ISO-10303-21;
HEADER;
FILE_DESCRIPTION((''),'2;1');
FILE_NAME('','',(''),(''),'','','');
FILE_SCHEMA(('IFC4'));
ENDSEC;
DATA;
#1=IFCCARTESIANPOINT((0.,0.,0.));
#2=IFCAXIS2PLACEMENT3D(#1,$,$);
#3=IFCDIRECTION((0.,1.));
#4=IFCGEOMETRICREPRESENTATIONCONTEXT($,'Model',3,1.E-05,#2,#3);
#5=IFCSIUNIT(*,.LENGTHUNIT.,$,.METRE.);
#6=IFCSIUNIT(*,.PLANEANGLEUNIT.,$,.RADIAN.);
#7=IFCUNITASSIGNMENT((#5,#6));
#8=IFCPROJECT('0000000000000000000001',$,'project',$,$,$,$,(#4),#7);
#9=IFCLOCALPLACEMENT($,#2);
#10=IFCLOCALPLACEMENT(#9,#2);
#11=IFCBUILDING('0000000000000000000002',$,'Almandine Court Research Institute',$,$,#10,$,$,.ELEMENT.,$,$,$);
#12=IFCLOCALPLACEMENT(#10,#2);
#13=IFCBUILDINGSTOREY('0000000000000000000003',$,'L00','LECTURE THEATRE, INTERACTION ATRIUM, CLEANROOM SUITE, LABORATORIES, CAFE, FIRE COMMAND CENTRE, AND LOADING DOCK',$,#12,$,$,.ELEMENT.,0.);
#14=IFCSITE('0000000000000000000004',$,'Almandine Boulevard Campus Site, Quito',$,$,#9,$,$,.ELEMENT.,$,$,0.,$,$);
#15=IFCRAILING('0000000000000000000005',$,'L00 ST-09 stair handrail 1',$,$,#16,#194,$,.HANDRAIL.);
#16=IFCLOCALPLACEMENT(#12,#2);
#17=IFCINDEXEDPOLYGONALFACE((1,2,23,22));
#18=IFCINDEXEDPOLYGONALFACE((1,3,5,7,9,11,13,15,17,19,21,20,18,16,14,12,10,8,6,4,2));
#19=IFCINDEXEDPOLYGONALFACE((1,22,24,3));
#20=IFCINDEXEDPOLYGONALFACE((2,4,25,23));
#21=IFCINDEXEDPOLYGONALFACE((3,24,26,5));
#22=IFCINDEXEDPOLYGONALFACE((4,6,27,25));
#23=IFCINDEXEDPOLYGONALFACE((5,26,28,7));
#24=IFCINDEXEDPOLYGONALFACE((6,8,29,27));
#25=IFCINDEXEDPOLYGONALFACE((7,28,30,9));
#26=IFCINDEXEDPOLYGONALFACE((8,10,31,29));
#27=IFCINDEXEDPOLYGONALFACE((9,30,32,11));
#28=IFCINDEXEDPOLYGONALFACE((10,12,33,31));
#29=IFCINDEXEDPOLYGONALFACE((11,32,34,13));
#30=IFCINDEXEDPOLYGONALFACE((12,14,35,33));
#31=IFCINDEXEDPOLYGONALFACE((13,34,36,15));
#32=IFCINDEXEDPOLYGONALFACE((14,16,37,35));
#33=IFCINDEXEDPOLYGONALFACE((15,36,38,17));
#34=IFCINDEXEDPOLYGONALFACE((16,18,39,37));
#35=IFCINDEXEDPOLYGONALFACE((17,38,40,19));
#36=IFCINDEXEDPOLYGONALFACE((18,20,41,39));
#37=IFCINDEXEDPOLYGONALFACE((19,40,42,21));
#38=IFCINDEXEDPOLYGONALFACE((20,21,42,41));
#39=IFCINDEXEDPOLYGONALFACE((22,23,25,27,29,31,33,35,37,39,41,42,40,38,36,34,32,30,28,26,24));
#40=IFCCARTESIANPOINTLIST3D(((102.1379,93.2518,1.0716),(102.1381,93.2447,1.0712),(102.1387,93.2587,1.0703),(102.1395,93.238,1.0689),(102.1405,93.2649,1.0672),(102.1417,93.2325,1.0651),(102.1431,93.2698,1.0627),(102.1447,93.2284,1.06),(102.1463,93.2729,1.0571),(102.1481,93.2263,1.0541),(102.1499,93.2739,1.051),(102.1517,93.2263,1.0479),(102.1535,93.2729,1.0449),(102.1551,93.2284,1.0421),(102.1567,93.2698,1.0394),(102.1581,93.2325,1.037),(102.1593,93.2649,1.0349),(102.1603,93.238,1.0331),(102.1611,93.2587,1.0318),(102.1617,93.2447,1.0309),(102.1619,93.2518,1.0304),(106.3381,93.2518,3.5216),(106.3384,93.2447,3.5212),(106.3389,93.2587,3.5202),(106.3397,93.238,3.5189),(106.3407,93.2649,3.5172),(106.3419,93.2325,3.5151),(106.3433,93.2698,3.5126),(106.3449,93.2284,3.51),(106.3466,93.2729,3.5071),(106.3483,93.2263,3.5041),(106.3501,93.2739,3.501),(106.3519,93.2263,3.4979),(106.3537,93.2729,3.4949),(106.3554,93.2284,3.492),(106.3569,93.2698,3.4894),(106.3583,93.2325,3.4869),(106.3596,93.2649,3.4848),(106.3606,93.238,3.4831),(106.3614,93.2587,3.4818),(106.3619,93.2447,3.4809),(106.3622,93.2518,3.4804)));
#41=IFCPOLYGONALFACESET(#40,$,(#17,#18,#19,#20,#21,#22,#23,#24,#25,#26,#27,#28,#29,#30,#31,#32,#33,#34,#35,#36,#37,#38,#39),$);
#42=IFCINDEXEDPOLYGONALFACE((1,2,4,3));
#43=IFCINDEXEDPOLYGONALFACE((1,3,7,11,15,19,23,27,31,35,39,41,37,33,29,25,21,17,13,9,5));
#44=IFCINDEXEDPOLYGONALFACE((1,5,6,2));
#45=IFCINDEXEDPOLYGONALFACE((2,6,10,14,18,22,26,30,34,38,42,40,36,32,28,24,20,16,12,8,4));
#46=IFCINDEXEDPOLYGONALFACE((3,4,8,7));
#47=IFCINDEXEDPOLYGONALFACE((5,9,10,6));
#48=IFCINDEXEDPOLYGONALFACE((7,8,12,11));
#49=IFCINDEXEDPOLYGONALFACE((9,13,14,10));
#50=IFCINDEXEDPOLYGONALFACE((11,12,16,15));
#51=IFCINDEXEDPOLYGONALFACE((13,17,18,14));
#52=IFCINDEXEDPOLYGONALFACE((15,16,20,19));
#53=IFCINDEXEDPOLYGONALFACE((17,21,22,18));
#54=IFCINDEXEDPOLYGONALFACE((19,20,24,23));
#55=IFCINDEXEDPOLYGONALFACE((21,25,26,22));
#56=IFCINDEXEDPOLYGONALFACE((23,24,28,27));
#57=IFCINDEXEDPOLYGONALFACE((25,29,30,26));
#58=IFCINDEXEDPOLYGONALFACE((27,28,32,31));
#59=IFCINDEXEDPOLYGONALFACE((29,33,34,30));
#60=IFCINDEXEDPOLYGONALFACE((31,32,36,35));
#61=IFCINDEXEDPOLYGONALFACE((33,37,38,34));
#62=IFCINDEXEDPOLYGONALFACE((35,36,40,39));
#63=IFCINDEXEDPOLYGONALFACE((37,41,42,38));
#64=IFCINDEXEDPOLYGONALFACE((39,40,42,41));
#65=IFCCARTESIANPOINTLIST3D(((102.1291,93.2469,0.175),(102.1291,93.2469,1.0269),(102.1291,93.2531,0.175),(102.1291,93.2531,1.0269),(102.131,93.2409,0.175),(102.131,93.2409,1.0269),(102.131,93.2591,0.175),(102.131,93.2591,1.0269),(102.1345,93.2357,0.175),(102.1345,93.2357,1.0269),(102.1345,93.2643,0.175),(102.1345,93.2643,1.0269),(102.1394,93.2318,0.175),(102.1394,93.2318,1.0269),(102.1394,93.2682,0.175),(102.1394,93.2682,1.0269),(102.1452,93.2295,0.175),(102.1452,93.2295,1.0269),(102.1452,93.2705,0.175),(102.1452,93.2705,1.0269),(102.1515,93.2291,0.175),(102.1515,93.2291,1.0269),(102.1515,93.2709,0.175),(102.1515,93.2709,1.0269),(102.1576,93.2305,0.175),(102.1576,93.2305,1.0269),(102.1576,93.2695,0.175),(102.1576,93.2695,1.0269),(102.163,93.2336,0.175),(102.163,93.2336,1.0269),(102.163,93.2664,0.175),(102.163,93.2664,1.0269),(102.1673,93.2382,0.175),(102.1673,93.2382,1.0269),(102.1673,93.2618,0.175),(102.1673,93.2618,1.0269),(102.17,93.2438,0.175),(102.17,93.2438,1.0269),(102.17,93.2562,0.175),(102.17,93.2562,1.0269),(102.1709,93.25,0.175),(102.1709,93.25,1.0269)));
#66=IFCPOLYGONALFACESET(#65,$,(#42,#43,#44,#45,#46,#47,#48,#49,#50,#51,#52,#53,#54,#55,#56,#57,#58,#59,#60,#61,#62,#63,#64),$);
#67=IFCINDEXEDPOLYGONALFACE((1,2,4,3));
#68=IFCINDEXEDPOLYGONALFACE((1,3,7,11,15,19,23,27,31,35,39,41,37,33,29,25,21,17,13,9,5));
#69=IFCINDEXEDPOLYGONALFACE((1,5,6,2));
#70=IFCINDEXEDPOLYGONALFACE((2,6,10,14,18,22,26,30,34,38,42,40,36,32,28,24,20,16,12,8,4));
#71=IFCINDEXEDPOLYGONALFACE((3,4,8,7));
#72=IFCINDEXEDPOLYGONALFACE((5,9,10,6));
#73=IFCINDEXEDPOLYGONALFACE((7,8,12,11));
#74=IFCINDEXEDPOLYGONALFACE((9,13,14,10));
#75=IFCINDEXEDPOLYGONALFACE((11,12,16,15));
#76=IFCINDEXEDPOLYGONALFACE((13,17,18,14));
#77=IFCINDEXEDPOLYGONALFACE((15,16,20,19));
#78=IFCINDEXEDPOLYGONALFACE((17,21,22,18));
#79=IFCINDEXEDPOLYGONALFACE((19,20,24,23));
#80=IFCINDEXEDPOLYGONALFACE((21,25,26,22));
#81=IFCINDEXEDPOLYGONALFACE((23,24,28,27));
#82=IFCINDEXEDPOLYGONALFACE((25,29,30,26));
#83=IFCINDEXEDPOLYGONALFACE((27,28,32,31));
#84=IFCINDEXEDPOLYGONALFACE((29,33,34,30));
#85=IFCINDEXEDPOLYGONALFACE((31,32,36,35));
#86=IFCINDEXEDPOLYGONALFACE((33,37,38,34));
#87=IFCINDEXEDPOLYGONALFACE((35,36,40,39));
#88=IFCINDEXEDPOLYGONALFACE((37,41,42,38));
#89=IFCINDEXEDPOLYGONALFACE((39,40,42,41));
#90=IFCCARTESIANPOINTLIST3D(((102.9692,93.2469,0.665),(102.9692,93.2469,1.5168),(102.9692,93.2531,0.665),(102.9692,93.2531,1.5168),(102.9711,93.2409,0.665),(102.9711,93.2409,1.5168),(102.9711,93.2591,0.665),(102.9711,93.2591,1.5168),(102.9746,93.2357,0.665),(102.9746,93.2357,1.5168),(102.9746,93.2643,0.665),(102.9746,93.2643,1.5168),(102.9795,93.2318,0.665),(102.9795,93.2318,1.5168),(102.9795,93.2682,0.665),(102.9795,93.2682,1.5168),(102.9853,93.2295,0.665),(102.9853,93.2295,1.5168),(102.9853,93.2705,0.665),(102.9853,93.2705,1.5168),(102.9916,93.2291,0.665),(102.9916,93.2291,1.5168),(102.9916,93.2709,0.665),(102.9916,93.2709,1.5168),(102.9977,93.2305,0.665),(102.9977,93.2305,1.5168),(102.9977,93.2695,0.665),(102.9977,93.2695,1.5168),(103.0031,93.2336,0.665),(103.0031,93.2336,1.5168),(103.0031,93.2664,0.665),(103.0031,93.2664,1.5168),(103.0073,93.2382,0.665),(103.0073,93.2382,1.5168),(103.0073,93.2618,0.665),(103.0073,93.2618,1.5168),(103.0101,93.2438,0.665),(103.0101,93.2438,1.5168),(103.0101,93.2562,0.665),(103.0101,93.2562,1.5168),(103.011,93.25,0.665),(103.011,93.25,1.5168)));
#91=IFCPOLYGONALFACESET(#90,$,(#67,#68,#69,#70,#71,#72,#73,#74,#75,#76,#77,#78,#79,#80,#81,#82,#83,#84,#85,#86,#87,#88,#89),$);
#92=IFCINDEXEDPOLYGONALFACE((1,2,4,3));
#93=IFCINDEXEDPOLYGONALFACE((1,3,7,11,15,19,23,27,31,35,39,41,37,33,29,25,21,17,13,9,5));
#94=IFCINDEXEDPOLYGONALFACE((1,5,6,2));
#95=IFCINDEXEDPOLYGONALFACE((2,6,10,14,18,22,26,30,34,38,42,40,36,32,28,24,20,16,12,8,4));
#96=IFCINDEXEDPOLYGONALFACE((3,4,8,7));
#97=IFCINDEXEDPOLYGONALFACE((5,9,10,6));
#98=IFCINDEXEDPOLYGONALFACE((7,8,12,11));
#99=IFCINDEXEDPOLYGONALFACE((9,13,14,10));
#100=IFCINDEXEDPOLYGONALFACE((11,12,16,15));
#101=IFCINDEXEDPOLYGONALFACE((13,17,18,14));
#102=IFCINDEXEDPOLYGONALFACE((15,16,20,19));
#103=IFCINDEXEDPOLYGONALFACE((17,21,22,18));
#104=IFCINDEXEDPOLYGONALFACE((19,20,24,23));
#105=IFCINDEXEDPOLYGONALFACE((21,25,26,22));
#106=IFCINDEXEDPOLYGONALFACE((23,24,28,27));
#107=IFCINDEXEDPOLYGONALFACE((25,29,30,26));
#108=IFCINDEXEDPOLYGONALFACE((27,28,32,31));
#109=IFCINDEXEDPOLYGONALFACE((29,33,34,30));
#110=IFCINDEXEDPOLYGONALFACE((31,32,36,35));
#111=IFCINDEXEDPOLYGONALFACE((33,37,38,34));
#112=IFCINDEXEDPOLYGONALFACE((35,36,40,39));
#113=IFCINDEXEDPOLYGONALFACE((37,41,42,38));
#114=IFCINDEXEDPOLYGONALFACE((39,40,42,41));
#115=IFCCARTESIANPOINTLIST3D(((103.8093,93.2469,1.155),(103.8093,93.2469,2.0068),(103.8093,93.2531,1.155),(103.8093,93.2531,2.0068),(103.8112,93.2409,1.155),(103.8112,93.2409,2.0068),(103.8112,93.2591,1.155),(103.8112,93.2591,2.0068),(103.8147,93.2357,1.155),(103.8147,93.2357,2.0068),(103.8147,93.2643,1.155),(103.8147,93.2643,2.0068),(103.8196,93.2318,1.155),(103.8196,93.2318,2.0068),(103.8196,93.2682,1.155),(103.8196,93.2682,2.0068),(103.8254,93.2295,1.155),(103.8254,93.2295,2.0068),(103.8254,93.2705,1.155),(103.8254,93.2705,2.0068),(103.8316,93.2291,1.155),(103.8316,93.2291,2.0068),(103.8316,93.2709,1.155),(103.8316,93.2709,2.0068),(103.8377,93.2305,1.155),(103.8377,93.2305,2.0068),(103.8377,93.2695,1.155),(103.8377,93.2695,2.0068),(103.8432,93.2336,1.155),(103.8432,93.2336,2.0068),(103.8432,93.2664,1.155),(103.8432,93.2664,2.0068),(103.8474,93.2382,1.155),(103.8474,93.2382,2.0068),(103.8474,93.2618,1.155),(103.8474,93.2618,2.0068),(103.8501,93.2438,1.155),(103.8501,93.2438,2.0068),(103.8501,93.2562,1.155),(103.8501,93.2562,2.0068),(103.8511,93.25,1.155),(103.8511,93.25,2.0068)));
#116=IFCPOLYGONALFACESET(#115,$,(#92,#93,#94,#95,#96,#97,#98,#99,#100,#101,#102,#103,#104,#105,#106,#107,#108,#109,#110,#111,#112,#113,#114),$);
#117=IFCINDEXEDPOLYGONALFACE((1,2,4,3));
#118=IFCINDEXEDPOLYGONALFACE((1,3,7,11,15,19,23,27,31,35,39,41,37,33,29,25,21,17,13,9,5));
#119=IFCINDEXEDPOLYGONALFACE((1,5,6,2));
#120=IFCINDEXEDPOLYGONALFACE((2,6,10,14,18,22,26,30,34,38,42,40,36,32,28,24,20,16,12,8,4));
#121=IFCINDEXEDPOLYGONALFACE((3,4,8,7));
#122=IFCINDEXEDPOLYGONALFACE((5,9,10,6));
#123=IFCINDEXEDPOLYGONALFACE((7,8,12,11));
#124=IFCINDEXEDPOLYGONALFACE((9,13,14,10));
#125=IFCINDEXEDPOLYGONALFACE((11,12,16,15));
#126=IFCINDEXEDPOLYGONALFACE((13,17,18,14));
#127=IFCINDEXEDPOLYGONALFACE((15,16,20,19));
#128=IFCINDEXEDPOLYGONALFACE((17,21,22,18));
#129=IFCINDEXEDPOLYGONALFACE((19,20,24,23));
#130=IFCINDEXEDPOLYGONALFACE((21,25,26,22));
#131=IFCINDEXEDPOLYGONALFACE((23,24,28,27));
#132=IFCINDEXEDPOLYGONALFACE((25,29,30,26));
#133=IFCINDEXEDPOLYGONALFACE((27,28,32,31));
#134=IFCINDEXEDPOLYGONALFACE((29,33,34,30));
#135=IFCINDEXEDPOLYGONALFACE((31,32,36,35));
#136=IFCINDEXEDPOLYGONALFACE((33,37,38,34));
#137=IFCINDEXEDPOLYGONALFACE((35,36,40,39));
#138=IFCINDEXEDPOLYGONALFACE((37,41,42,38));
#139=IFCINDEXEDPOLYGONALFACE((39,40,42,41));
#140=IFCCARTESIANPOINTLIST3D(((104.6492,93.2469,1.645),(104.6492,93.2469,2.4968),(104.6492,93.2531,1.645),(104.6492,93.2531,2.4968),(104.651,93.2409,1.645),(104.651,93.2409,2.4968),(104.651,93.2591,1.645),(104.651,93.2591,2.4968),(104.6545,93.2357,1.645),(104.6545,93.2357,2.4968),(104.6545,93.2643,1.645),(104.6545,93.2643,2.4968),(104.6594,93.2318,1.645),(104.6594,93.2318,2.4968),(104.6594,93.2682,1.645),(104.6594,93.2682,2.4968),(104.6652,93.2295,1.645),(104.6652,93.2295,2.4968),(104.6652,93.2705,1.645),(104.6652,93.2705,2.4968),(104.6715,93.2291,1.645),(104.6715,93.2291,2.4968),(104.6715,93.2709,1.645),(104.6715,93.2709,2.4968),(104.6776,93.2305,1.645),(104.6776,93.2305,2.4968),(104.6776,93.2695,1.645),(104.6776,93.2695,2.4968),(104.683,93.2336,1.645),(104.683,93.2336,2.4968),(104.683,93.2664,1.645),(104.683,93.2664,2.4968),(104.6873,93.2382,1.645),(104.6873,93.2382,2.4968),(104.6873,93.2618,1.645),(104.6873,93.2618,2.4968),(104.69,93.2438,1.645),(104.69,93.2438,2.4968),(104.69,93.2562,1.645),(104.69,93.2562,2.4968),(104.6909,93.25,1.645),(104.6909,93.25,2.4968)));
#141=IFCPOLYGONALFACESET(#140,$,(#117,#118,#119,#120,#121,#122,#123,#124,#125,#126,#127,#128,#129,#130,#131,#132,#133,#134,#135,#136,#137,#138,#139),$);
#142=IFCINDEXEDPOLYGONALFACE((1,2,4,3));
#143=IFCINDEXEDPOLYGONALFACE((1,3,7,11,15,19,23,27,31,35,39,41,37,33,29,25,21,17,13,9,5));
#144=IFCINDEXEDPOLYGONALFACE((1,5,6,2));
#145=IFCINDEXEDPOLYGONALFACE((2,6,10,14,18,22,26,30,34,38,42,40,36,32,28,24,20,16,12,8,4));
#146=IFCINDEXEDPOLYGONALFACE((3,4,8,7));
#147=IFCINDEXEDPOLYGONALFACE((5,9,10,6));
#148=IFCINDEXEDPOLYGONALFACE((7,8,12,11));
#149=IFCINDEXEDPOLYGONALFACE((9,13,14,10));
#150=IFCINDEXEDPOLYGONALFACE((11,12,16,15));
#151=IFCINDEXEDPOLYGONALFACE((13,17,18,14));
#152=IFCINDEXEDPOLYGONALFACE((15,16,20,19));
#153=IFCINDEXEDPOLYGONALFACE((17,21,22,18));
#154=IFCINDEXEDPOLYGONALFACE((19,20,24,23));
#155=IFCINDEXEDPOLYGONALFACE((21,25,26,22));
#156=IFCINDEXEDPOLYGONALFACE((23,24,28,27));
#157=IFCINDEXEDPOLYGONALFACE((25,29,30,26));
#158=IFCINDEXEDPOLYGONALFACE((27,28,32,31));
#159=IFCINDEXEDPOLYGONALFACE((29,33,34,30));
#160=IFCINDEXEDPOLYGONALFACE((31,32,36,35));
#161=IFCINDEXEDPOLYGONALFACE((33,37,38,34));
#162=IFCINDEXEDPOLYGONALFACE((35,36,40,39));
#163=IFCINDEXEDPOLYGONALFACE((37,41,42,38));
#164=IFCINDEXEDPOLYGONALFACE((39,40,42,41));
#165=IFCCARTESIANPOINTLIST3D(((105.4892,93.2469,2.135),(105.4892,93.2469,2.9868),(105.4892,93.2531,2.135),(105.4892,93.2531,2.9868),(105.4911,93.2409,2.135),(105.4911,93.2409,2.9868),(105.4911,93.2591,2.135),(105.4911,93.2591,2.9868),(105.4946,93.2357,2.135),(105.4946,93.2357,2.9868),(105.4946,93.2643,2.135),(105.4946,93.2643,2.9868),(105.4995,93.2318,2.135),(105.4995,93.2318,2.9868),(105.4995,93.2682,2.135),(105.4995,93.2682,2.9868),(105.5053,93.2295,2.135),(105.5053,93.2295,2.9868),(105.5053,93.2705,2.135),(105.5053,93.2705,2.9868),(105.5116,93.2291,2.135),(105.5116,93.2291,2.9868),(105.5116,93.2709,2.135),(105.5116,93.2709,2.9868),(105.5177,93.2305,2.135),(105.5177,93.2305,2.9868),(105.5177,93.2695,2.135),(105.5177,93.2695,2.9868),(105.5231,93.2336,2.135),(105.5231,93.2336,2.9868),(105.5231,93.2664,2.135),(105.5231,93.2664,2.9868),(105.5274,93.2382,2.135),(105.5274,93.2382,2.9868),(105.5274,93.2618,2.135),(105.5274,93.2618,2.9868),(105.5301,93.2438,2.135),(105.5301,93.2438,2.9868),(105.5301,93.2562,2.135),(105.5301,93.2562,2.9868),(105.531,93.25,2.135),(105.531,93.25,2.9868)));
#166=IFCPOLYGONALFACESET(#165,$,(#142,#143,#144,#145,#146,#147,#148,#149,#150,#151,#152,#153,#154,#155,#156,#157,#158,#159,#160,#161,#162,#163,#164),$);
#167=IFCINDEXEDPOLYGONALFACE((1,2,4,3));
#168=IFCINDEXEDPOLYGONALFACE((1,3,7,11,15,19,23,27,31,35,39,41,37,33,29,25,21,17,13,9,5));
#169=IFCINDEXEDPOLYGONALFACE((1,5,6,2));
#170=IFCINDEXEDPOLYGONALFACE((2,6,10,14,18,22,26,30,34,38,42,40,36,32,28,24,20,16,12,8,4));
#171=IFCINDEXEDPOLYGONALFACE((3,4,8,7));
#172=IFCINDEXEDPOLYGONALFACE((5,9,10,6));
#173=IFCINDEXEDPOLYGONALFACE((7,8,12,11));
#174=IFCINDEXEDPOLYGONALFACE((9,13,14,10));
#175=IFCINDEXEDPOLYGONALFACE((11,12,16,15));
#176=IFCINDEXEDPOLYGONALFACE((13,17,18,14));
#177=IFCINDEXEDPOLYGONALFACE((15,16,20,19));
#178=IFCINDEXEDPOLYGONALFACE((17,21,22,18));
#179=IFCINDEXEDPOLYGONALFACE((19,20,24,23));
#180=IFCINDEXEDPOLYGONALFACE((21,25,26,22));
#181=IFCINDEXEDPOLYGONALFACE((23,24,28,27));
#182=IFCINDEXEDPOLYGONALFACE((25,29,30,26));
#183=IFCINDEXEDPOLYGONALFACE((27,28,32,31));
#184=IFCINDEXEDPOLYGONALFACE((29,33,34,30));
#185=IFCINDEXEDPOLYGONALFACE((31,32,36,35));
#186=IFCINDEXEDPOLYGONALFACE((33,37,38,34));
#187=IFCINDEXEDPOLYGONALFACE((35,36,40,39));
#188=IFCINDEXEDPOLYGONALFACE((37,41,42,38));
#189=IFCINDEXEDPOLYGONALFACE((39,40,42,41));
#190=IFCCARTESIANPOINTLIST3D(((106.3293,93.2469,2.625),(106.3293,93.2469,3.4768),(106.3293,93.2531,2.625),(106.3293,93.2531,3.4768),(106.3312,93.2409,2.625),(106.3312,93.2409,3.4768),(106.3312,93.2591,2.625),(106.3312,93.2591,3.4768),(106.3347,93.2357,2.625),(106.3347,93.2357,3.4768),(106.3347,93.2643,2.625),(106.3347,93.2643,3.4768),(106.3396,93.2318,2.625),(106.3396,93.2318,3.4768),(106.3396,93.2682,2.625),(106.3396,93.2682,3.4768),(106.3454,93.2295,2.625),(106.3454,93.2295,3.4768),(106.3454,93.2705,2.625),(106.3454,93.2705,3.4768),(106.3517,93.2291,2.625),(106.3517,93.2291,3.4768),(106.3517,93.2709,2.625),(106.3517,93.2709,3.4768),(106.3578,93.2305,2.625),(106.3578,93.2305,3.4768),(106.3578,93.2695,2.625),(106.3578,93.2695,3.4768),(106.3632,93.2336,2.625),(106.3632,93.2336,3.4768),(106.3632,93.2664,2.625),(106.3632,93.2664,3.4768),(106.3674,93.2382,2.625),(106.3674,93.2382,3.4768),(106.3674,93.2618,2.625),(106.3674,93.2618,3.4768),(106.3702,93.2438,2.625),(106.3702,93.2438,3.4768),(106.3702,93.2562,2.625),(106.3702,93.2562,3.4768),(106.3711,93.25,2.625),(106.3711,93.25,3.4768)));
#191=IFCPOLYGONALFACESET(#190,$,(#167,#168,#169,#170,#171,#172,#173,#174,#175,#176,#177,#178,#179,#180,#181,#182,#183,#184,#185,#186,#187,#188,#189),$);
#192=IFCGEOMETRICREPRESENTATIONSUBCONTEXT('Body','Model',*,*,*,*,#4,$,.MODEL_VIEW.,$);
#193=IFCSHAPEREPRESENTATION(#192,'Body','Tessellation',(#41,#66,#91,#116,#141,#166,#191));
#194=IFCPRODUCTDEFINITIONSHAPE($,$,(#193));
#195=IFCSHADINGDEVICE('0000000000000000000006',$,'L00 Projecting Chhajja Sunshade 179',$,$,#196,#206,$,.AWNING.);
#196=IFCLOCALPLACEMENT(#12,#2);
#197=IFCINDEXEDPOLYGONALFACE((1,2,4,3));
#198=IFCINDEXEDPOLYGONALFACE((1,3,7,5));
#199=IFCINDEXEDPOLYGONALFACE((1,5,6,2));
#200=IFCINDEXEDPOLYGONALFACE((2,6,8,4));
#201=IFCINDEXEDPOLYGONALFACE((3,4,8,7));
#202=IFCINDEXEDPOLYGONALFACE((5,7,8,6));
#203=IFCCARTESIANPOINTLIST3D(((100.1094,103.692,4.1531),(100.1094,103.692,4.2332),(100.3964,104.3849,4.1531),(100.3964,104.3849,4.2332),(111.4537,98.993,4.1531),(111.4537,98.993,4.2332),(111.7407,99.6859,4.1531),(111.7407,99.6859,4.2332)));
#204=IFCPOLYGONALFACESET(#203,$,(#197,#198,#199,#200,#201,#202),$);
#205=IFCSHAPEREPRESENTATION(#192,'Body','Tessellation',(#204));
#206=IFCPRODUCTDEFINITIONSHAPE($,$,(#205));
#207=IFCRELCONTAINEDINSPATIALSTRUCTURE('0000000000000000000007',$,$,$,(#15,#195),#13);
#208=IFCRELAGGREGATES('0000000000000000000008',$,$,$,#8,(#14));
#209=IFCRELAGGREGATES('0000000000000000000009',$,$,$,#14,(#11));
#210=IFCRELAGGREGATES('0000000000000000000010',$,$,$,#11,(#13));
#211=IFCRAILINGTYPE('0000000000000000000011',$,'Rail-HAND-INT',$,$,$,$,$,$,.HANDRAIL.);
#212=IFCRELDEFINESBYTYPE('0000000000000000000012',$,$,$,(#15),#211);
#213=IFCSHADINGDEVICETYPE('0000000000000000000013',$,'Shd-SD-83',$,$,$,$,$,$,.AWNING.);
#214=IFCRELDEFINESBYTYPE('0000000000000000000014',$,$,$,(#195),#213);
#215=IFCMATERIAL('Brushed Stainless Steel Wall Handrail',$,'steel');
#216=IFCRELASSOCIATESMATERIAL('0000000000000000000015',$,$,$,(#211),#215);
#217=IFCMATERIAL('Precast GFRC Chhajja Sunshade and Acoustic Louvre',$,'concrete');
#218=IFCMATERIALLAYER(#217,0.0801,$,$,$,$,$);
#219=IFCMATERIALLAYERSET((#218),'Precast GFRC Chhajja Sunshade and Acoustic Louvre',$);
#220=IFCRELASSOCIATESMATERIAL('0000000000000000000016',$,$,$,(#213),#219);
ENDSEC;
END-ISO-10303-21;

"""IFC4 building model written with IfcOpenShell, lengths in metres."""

from ifc_helpers import new_model, si_unit, direction, frame, origin, origin_2d, place, context, subcontext, project, spatial, rectangle, circle, extrude, material, layer, layer_set, type_object, element, save


model = new_model("IFC4")

# Units and contexts
model_context = context("Model", 3, precision=1e-05, world=origin(), true_north=direction((0.0, 1.0)))
body_context = subcontext(model_context, "Body", "Model", "MODEL_VIEW")
ifc_project = project(units=[si_unit("LENGTHUNIT", "METRE"), si_unit("PLANEANGLEUNIT", "RADIAN")], contexts=[model_context])

# Site, building, storey
site_placement = place(None, origin())
site = spatial("IfcSite", under=ifc_project, at=site_placement, Name="Almandine Boulevard Campus Site, Quito", CompositionType="ELEMENT", RefElevation=0.0)
building_placement = place(site_placement, origin())
building = spatial("IfcBuilding", under=site, at=building_placement, Name="Almandine Court Research Institute", CompositionType="ELEMENT")
storey_placement = place(building_placement, origin())
storey = spatial("IfcBuildingStorey", under=building, at=storey_placement, Name="L00", Description="LECTURE THEATRE, INTERACTION ATRIUM, CLEANROOM SUITE, LABORATORIES, CAFE, FIRE COMMAND CENTRE, AND LOADING DOCK", CompositionType="ELEMENT", Elevation=0.0)

# Railing
ifc_material_1 = material(Name="Brushed Stainless Steel Wall Handrail", Category="steel")
railing_type_1 = type_object("IfcRailingType", Name="Rail-HAND-INT", PredefinedType="HANDRAIL", material=ifc_material_1)
railing_1_placement = place(storey_placement, frame((102.1499, 93.25, 0.175)))
element("IfcRailing", 1, at=railing_1_placement, inside=storey, type_object=railing_type_1, Name="L00 ST-09 stair handrail 1", PredefinedType="HANDRAIL", context=body_context, shape_type="SweptSolid", body=[
    extrude(circle(Radius=0.0239, at=origin_2d()), frame((0.0, 0.0, 0.876), z_axis=(0.863793, 0.0, 0.503846), x_axis=(0.0, 1.0, 0.0)), (0.0, 0.0, 1.0), 4.8625),
    extrude(circle(Radius=0.021, at=origin_2d()), origin(), (0.0, 0.0, 1.0), 0.8518),
    extrude(circle(Radius=0.021, at=origin_2d()), frame((0.8401, 0.0, 0.49)), (0.0, 0.0, 1.0), 0.8518),
    extrude(circle(Radius=0.021, at=origin_2d()), frame((1.6802, 0.0, 0.98)), (0.0, 0.0, 1.0), 0.8518),
    extrude(circle(Radius=0.021, at=origin_2d()), frame((2.52, 0.0, 1.47)), (0.0, 0.0, 1.0), 0.8518),
    extrude(circle(Radius=0.021, at=origin_2d()), frame((3.3601, 0.0, 1.96)), (0.0, 0.0, 1.0), 0.8518),
    extrude(circle(Radius=0.021, at=origin_2d()), frame((4.2002, 0.0, 2.45)), (0.0, 0.0, 1.0), 0.8518),
])

# Shading device
ifc_material_2 = material(Name="Precast GFRC Chhajja Sunshade and Acoustic Louvre", Category="concrete")
ifc_layer_1 = layer(ifc_material_2, 0.0801)
ifc_layer_set_1 = layer_set([ifc_layer_1], Name="Precast GFRC Chhajja Sunshade and Acoustic Louvre")
shading_device_type = type_object("IfcShadingDeviceType", Name="Shd-SD-83", PredefinedType="AWNING", material=ifc_layer_set_1)
shading_device_placement = place(storey_placement, frame((105.925, 101.689, 4.1531), z_axis=(0.0, 0.0, 1.0), x_axis=(0.92388, -0.382683, 0.0)))
element("IfcShadingDevice", 2, at=shading_device_placement, inside=storey, type_object=shading_device_type, Name="L00 Projecting Chhajja Sunshade 179", PredefinedType="AWNING", context=body_context, shape_type="SweptSolid", body=[
    extrude(rectangle(XDim=12.2791, YDim=0.75, at=origin_2d()), origin(), (0.0, 0.0, 1.0), 0.0801),
])

save(model, "model.ifc")
